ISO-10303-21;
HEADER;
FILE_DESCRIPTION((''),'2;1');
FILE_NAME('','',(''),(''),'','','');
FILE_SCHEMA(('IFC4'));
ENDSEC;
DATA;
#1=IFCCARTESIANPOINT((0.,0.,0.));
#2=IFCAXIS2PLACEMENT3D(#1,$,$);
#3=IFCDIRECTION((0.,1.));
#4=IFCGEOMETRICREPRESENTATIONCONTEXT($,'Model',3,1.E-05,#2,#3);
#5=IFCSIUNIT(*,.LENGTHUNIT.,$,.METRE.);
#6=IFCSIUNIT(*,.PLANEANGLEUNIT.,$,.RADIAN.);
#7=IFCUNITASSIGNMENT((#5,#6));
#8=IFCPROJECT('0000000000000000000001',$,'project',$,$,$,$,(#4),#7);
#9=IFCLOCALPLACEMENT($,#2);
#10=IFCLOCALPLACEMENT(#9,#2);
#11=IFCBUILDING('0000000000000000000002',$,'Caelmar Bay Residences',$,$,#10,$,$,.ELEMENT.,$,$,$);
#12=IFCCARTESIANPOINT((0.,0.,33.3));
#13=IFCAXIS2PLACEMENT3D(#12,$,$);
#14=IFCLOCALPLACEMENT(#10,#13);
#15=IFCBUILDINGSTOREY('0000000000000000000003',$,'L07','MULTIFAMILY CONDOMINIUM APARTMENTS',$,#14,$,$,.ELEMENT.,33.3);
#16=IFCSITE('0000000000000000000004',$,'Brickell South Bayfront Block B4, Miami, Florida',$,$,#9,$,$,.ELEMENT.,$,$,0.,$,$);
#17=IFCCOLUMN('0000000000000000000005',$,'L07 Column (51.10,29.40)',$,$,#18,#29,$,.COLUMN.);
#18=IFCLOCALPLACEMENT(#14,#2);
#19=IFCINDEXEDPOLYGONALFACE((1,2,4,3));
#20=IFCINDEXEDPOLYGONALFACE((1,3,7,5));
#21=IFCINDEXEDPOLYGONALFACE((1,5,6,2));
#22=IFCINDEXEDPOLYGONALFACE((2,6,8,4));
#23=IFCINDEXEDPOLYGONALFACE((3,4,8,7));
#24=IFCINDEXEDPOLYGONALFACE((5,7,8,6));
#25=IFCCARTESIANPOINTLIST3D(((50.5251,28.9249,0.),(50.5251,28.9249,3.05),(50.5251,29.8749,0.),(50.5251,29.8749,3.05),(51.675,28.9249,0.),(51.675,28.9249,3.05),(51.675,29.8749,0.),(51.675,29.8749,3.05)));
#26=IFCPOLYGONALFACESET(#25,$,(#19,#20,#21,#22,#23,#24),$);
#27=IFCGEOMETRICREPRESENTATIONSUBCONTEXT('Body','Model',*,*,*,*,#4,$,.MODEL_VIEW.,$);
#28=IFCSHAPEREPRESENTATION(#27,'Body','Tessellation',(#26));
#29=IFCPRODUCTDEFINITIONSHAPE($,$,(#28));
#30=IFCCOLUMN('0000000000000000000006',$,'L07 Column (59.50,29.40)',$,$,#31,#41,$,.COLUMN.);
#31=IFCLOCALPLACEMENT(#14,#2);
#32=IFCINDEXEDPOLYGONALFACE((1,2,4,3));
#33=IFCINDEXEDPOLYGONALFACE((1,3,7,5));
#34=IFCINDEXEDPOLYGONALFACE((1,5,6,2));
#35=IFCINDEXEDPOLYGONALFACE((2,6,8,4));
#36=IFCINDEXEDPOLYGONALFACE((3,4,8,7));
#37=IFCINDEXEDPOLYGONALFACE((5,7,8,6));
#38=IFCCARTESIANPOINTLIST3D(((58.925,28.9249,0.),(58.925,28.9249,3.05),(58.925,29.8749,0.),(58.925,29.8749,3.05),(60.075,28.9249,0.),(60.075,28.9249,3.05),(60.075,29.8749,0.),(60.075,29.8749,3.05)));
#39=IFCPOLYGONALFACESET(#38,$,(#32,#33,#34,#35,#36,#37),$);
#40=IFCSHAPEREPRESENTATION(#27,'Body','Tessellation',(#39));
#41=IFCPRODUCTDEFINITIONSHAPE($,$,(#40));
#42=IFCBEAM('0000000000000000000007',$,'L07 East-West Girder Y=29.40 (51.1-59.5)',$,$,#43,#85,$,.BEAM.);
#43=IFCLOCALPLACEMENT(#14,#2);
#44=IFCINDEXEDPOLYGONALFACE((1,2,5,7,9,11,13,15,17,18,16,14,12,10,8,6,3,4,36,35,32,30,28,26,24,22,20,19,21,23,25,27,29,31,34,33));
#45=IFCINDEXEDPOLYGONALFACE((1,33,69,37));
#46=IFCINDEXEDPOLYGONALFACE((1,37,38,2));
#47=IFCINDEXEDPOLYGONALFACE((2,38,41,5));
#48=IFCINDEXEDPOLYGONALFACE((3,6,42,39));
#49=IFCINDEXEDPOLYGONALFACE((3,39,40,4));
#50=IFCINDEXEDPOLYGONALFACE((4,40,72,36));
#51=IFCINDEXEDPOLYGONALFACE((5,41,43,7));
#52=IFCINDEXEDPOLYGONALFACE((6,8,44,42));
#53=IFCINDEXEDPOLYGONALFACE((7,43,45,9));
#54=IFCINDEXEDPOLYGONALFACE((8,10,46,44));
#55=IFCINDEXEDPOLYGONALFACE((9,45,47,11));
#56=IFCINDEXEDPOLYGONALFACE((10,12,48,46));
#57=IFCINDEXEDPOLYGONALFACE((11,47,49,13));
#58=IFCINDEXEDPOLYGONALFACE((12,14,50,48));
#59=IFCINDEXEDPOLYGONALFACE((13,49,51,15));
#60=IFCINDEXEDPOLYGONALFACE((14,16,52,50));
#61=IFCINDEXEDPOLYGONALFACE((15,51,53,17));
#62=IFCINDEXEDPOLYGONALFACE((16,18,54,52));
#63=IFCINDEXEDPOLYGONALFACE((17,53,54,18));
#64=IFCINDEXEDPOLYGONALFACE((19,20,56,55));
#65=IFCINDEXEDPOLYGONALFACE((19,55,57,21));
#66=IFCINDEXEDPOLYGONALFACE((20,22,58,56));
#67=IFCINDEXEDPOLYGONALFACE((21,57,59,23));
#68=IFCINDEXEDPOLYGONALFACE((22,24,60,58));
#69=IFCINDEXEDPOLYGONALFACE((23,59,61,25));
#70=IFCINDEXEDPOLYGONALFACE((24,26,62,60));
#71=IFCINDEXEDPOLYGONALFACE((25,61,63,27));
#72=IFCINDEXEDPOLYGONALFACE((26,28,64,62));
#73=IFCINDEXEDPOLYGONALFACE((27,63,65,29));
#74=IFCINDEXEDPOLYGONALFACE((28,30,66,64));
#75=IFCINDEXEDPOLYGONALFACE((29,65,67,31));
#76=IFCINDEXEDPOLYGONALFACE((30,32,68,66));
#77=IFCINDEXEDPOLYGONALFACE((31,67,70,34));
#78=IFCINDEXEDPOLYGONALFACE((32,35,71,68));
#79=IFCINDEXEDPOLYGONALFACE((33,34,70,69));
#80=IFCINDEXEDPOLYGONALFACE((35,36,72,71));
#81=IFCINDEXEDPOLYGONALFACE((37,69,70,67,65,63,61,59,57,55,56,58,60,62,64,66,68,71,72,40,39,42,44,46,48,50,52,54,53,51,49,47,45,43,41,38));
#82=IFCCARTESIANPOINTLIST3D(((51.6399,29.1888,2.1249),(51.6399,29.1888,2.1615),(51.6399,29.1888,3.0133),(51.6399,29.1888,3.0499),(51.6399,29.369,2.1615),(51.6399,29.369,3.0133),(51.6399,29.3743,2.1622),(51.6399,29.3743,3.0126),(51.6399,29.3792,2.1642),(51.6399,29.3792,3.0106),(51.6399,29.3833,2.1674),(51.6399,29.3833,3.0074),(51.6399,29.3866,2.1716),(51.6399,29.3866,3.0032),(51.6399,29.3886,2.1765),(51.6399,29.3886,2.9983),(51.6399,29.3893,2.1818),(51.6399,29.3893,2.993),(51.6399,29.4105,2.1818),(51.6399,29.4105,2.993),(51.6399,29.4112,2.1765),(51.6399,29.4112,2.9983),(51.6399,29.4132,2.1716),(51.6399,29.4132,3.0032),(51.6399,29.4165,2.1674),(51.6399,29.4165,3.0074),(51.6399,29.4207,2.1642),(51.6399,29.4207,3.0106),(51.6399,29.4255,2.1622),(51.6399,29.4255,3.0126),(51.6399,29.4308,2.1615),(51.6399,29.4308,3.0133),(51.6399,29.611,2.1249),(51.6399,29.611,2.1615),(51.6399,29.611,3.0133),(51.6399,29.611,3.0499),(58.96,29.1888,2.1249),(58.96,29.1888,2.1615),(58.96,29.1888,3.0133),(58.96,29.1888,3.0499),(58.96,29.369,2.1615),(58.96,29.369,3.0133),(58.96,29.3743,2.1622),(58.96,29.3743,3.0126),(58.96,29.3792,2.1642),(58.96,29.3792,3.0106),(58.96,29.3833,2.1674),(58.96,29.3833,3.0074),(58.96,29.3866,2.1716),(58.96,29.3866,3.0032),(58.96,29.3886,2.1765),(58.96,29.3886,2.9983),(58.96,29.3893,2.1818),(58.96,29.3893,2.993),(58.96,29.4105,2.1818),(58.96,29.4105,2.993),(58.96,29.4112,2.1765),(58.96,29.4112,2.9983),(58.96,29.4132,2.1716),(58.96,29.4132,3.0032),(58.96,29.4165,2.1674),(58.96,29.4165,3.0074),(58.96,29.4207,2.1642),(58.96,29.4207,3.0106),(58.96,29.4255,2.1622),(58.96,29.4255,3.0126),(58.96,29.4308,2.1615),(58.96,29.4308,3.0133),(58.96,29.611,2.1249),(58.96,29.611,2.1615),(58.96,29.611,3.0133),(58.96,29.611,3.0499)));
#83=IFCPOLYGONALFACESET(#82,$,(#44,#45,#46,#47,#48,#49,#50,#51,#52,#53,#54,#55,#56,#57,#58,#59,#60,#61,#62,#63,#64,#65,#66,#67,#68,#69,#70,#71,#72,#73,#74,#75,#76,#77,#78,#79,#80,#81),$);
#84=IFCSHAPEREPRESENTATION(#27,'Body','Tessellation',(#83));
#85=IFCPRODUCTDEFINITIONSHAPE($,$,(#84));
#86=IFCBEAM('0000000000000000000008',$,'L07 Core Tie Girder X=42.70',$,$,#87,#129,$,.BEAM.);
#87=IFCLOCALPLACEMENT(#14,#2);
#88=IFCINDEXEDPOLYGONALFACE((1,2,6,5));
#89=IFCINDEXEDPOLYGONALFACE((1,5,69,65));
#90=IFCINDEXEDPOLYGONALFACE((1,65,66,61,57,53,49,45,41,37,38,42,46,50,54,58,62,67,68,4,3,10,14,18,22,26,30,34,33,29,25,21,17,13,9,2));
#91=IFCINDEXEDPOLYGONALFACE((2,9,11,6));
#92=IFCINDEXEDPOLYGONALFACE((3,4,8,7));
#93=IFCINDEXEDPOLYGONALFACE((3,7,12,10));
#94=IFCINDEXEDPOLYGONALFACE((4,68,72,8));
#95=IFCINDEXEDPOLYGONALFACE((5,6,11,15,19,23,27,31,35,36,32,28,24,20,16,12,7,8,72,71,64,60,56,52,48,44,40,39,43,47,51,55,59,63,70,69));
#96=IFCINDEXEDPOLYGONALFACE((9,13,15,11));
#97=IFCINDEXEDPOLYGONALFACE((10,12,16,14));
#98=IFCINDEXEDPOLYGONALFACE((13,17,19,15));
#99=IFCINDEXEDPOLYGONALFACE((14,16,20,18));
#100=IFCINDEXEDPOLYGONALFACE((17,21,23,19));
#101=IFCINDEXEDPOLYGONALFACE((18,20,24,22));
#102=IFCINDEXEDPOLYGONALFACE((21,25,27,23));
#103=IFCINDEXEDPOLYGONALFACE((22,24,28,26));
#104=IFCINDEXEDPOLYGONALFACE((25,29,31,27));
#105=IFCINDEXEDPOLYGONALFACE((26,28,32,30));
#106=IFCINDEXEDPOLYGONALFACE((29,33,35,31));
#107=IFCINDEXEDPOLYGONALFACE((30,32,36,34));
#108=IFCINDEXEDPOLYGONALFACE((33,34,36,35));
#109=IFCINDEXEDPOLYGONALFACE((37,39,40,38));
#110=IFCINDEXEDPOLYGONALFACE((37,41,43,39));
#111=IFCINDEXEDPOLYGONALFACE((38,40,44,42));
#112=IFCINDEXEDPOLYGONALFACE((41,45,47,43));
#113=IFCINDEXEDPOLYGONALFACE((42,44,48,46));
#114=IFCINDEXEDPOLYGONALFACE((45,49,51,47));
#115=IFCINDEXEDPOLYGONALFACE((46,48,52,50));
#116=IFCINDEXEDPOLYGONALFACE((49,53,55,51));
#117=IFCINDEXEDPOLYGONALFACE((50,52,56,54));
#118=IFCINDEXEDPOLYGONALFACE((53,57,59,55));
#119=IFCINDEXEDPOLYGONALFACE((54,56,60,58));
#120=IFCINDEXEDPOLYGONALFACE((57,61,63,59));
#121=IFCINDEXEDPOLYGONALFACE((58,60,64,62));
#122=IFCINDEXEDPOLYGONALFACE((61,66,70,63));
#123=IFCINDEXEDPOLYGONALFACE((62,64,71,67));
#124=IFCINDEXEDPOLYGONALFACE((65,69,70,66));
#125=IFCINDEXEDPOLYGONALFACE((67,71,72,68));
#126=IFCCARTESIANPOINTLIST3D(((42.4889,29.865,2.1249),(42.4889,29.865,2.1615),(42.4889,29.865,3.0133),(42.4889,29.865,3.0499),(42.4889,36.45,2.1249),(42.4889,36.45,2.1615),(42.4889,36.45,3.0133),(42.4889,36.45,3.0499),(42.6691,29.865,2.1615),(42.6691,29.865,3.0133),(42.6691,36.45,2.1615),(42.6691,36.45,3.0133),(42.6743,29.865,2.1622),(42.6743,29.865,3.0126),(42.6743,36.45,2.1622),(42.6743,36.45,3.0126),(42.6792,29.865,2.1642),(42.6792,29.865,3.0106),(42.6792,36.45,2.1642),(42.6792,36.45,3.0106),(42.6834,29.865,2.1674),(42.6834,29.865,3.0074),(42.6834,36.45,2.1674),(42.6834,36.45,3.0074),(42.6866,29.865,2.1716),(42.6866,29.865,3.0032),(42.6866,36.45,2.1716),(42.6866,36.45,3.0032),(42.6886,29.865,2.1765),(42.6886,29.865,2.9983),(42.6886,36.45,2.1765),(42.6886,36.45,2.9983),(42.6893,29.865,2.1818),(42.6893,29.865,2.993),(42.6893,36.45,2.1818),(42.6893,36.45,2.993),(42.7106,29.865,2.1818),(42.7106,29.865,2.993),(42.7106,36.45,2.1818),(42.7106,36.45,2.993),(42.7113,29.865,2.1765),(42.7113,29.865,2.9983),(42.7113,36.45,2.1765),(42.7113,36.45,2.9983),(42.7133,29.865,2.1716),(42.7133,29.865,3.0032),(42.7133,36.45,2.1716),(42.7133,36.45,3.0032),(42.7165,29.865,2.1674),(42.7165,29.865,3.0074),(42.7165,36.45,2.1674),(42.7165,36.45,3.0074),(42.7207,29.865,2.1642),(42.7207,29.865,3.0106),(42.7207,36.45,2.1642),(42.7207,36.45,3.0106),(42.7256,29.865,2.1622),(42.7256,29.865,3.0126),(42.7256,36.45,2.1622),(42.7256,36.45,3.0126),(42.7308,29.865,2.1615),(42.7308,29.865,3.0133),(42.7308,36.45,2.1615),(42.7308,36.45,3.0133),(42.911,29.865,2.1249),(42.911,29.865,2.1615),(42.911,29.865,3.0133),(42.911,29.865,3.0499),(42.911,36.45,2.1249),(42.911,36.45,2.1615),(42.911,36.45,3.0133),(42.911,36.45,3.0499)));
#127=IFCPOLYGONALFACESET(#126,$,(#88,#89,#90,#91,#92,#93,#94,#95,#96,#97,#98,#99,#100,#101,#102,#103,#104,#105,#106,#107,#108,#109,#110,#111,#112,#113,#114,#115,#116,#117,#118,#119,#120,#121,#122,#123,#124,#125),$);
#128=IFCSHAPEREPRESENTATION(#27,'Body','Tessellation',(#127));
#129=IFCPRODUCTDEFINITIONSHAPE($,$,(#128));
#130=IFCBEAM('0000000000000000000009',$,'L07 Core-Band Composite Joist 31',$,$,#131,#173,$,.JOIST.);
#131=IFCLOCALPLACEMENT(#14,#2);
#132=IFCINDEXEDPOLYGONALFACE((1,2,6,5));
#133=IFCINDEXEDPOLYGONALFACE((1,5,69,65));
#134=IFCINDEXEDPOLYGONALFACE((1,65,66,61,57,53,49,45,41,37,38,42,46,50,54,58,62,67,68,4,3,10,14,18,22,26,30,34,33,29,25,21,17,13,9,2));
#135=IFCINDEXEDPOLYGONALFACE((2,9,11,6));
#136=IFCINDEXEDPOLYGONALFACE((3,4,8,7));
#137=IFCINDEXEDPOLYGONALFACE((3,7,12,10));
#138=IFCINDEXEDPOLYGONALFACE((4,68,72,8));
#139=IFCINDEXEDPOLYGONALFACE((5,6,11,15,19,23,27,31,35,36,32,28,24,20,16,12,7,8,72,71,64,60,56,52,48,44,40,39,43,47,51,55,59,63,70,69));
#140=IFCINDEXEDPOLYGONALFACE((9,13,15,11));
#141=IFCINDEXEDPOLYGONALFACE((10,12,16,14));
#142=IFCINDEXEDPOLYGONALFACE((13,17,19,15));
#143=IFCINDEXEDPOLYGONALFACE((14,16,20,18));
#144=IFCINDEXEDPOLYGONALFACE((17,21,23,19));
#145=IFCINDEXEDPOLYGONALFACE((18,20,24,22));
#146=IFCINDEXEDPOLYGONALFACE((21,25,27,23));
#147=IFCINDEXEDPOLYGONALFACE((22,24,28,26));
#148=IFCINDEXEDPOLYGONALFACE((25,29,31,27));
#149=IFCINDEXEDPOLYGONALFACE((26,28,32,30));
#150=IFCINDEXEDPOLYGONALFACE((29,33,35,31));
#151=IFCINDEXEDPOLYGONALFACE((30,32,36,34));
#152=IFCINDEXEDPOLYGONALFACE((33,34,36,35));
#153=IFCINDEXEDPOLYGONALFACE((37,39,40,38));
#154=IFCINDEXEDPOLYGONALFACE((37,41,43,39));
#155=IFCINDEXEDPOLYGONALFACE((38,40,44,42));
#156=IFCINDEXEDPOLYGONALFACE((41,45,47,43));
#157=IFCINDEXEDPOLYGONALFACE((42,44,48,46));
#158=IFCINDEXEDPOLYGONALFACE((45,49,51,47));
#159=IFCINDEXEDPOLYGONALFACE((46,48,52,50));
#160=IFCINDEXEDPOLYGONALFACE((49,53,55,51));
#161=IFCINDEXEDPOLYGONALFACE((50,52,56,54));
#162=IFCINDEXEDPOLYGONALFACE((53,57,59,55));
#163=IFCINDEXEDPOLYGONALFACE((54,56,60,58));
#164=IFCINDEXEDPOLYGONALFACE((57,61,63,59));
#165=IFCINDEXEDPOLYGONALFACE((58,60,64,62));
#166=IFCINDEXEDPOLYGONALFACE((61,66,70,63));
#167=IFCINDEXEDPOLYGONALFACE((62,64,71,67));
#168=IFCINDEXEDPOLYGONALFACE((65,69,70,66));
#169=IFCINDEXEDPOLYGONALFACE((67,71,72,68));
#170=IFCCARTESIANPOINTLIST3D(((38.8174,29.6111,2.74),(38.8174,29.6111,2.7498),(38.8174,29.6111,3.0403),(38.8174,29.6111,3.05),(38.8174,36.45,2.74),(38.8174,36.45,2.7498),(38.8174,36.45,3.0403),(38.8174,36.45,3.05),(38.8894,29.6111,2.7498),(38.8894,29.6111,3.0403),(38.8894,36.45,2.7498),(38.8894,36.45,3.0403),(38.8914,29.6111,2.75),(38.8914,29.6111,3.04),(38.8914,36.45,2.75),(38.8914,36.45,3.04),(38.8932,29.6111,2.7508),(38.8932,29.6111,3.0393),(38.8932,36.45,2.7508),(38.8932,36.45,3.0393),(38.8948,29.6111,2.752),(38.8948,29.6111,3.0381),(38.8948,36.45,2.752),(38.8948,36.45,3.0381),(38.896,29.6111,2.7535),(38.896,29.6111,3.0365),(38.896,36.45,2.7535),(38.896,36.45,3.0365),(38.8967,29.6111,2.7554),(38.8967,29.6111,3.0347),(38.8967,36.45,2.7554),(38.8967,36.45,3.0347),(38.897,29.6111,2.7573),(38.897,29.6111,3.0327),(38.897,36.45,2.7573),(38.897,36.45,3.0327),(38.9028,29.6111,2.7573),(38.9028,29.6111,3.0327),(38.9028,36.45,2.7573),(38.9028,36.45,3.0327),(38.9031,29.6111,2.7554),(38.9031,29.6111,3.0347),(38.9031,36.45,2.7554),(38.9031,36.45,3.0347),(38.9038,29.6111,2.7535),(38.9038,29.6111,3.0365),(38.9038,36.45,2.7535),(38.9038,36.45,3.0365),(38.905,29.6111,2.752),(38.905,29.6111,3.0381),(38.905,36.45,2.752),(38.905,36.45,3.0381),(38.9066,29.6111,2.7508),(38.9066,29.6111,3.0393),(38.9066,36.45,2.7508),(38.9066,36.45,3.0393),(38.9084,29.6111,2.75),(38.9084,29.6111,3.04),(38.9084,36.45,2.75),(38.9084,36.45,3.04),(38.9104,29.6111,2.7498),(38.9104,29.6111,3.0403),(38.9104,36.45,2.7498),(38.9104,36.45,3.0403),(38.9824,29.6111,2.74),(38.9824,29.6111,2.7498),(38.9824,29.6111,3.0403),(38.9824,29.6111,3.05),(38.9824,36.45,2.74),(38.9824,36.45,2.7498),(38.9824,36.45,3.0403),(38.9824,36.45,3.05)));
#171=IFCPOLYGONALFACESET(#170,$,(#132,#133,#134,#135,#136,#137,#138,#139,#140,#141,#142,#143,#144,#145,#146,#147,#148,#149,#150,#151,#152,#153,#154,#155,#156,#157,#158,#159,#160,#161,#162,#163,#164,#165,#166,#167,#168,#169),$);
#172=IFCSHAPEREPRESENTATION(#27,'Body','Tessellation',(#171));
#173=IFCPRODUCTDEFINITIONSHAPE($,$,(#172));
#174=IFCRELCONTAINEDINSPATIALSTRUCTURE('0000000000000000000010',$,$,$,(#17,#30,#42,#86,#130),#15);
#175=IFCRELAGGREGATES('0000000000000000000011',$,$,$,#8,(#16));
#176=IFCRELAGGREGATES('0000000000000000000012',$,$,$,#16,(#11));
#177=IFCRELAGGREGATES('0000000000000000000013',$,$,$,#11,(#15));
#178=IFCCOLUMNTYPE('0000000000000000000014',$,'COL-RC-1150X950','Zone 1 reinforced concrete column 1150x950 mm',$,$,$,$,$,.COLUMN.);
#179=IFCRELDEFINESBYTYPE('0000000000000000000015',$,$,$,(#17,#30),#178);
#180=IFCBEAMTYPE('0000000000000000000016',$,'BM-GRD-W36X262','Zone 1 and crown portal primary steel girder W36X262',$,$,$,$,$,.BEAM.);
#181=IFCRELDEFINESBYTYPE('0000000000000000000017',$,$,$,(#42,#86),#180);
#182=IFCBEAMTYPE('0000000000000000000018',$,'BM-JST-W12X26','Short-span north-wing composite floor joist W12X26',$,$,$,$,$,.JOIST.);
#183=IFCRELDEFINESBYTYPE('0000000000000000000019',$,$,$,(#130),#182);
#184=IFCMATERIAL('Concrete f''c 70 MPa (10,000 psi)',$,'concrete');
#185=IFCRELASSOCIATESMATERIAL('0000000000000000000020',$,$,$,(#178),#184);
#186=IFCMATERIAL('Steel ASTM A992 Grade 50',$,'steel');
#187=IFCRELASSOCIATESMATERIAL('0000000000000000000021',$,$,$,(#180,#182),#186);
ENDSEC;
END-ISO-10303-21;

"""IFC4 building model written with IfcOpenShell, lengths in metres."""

from ifc_helpers import new_model, si_unit, direction, frame, origin, origin_2d, place, context, subcontext, project, spatial, rectangle, i_section, extrude, material, material_profile, profile_set, type_object, element, save


model = new_model("IFC4")

# Units and contexts
model_context = context("Model", 3, precision=1e-05, world=origin(), true_north=direction((0.0, 1.0)))
body_context = subcontext(model_context, "Body", "Model", "MODEL_VIEW")
ifc_project = project(units=[si_unit("LENGTHUNIT", "METRE"), si_unit("PLANEANGLEUNIT", "RADIAN")], contexts=[model_context])

# Site, building, storey
site_placement = place(None, origin())
site = spatial("IfcSite", under=ifc_project, at=site_placement, Name="Brickell South Bayfront Block B4, Miami, Florida", CompositionType="ELEMENT", RefElevation=0.0)
building_placement = place(site_placement, origin())
building = spatial("IfcBuilding", under=site, at=building_placement, Name="Caelmar Bay Residences", CompositionType="ELEMENT")
storey_placement = place(building_placement, frame((0.0, 0.0, 33.3)))
storey = spatial("IfcBuildingStorey", under=building, at=storey_placement, Name="L07", Description="MULTIFAMILY CONDOMINIUM APARTMENTS", CompositionType="ELEMENT", Elevation=33.3)

# Columns
ifc_material_1 = material(Name="Concrete f'c 70 MPa (10,000 psi)", Category="concrete")
ifc_material_profile_1 = material_profile(ifc_material_1, rectangle(XDim=1.1499, YDim=0.95, at=origin_2d()), Name="RC-COL-1150X950")
ifc_profile_set_1 = profile_set([ifc_material_profile_1], Name="Concrete f'c 70 MPa (10,000 psi)")
column_type = type_object("IfcColumnType", Name="COL-RC-1150X950", Description="Zone 1 reinforced concrete column 1150x950 mm", PredefinedType="COLUMN", material=ifc_profile_set_1)
for number, where, z_axis, x_axis, name in (
    (1, (51.1001, 29.3999, 0.0), (0.0, 0.0, 1.0), (1.0, 0.0, 0.0), "L07 Column (51.10,29.40)"),
    (2, (59.5, 29.3999, 0.0), (0.0, 0.0, 1.0), (1.0, 0.0, 0.0), "L07 Column (59.50,29.40)"),
):
    element("IfcColumn", number, at=place(storey_placement, frame(where, z_axis=z_axis, x_axis=x_axis)), inside=storey, type_object=column_type, Name=name, PredefinedType="COLUMN", context=body_context, shape_type="SweptSolid", body=[
        extrude(rectangle(XDim=1.1499, YDim=0.95, at=origin_2d()), origin(), (0.0, 0.0, 1.0), 3.05),
    ])

# Beams
ifc_material_2 = material(Name="Steel ASTM A992 Grade 50", Category="steel")
ifc_material_profile_2 = material_profile(ifc_material_2, i_section(OverallWidth=0.4221, OverallDepth=0.925, WebThickness=0.0212, FlangeThickness=0.0366, FilletRadius=0.0203, at=origin_2d()), Name="W36X262")
ifc_profile_set_2 = profile_set([ifc_material_profile_2], Name="Steel ASTM A992 Grade 50")
beam_type_1 = type_object("IfcBeamType", Name="BM-GRD-W36X262", Description="Zone 1 and crown portal primary steel girder W36X262", PredefinedType="BEAM", material=ifc_profile_set_2)
beam_1_placement = place(storey_placement, frame((51.6399, 29.3999, 2.5874), z_axis=(1.0, 0.0, 0.0), x_axis=(0.0, 1.0, 0.0)))
element("IfcBeam", 3, at=beam_1_placement, inside=storey, type_object=beam_type_1, Name="L07 East-West Girder Y=29.40 (51.1-59.5)", PredefinedType="BEAM", context=body_context, shape_type="SweptSolid", body=[
    extrude(i_section(OverallWidth=0.4221, OverallDepth=0.925, WebThickness=0.0212, FlangeThickness=0.0366, FilletRadius=0.0203, at=origin_2d()), origin(), (0.0, 0.0, 1.0), 7.3201),
])
beam_2_placement = place(storey_placement, frame((42.7, 29.865, 2.5874), z_axis=(0.0, 1.0, 0.0), x_axis=(-1.0, 0.0, 0.0)))
element("IfcBeam", 4, at=beam_2_placement, inside=storey, type_object=beam_type_1, Name="L07 Core Tie Girder X=42.70", PredefinedType="BEAM", context=body_context, shape_type="SweptSolid", body=[
    extrude(i_section(OverallWidth=0.4221, OverallDepth=0.925, WebThickness=0.0212, FlangeThickness=0.0366, FilletRadius=0.0203, at=origin_2d()), origin(), (0.0, 0.0, 1.0), 6.585),
])
ifc_material_profile_3 = material_profile(ifc_material_2, i_section(OverallWidth=0.165, OverallDepth=0.3101, WebThickness=0.0059, FlangeThickness=0.0098, FilletRadius=0.0076, at=origin_2d()), Name="W12X26")
ifc_profile_set_3 = profile_set([ifc_material_profile_3], Name="Steel ASTM A992 Grade 50")
beam_type_2 = type_object("IfcBeamType", Name="BM-JST-W12X26", Description="Short-span north-wing composite floor joist W12X26", PredefinedType="JOIST", material=ifc_profile_set_3)
for number, where, z_axis, x_axis, name in (
    (5, (38.8999, 29.6111, 2.895), (0.0, 1.0, 0.0), (-1.0, 0.0, 0.0), "L07 Core-Band Composite Joist 31"),
):
    element("IfcBeam", number, at=place(storey_placement, frame(where, z_axis=z_axis, x_axis=x_axis)), inside=storey, type_object=beam_type_2, Name=name, PredefinedType="JOIST", context=body_context, shape_type="SweptSolid", body=[
        extrude(i_section(OverallWidth=0.165, OverallDepth=0.3101, WebThickness=0.0059, FlangeThickness=0.0098, FilletRadius=0.0076, at=origin_2d()), origin(), (0.0, 0.0, 1.0), 6.8389),
    ])

save(model, "model.ifc")
